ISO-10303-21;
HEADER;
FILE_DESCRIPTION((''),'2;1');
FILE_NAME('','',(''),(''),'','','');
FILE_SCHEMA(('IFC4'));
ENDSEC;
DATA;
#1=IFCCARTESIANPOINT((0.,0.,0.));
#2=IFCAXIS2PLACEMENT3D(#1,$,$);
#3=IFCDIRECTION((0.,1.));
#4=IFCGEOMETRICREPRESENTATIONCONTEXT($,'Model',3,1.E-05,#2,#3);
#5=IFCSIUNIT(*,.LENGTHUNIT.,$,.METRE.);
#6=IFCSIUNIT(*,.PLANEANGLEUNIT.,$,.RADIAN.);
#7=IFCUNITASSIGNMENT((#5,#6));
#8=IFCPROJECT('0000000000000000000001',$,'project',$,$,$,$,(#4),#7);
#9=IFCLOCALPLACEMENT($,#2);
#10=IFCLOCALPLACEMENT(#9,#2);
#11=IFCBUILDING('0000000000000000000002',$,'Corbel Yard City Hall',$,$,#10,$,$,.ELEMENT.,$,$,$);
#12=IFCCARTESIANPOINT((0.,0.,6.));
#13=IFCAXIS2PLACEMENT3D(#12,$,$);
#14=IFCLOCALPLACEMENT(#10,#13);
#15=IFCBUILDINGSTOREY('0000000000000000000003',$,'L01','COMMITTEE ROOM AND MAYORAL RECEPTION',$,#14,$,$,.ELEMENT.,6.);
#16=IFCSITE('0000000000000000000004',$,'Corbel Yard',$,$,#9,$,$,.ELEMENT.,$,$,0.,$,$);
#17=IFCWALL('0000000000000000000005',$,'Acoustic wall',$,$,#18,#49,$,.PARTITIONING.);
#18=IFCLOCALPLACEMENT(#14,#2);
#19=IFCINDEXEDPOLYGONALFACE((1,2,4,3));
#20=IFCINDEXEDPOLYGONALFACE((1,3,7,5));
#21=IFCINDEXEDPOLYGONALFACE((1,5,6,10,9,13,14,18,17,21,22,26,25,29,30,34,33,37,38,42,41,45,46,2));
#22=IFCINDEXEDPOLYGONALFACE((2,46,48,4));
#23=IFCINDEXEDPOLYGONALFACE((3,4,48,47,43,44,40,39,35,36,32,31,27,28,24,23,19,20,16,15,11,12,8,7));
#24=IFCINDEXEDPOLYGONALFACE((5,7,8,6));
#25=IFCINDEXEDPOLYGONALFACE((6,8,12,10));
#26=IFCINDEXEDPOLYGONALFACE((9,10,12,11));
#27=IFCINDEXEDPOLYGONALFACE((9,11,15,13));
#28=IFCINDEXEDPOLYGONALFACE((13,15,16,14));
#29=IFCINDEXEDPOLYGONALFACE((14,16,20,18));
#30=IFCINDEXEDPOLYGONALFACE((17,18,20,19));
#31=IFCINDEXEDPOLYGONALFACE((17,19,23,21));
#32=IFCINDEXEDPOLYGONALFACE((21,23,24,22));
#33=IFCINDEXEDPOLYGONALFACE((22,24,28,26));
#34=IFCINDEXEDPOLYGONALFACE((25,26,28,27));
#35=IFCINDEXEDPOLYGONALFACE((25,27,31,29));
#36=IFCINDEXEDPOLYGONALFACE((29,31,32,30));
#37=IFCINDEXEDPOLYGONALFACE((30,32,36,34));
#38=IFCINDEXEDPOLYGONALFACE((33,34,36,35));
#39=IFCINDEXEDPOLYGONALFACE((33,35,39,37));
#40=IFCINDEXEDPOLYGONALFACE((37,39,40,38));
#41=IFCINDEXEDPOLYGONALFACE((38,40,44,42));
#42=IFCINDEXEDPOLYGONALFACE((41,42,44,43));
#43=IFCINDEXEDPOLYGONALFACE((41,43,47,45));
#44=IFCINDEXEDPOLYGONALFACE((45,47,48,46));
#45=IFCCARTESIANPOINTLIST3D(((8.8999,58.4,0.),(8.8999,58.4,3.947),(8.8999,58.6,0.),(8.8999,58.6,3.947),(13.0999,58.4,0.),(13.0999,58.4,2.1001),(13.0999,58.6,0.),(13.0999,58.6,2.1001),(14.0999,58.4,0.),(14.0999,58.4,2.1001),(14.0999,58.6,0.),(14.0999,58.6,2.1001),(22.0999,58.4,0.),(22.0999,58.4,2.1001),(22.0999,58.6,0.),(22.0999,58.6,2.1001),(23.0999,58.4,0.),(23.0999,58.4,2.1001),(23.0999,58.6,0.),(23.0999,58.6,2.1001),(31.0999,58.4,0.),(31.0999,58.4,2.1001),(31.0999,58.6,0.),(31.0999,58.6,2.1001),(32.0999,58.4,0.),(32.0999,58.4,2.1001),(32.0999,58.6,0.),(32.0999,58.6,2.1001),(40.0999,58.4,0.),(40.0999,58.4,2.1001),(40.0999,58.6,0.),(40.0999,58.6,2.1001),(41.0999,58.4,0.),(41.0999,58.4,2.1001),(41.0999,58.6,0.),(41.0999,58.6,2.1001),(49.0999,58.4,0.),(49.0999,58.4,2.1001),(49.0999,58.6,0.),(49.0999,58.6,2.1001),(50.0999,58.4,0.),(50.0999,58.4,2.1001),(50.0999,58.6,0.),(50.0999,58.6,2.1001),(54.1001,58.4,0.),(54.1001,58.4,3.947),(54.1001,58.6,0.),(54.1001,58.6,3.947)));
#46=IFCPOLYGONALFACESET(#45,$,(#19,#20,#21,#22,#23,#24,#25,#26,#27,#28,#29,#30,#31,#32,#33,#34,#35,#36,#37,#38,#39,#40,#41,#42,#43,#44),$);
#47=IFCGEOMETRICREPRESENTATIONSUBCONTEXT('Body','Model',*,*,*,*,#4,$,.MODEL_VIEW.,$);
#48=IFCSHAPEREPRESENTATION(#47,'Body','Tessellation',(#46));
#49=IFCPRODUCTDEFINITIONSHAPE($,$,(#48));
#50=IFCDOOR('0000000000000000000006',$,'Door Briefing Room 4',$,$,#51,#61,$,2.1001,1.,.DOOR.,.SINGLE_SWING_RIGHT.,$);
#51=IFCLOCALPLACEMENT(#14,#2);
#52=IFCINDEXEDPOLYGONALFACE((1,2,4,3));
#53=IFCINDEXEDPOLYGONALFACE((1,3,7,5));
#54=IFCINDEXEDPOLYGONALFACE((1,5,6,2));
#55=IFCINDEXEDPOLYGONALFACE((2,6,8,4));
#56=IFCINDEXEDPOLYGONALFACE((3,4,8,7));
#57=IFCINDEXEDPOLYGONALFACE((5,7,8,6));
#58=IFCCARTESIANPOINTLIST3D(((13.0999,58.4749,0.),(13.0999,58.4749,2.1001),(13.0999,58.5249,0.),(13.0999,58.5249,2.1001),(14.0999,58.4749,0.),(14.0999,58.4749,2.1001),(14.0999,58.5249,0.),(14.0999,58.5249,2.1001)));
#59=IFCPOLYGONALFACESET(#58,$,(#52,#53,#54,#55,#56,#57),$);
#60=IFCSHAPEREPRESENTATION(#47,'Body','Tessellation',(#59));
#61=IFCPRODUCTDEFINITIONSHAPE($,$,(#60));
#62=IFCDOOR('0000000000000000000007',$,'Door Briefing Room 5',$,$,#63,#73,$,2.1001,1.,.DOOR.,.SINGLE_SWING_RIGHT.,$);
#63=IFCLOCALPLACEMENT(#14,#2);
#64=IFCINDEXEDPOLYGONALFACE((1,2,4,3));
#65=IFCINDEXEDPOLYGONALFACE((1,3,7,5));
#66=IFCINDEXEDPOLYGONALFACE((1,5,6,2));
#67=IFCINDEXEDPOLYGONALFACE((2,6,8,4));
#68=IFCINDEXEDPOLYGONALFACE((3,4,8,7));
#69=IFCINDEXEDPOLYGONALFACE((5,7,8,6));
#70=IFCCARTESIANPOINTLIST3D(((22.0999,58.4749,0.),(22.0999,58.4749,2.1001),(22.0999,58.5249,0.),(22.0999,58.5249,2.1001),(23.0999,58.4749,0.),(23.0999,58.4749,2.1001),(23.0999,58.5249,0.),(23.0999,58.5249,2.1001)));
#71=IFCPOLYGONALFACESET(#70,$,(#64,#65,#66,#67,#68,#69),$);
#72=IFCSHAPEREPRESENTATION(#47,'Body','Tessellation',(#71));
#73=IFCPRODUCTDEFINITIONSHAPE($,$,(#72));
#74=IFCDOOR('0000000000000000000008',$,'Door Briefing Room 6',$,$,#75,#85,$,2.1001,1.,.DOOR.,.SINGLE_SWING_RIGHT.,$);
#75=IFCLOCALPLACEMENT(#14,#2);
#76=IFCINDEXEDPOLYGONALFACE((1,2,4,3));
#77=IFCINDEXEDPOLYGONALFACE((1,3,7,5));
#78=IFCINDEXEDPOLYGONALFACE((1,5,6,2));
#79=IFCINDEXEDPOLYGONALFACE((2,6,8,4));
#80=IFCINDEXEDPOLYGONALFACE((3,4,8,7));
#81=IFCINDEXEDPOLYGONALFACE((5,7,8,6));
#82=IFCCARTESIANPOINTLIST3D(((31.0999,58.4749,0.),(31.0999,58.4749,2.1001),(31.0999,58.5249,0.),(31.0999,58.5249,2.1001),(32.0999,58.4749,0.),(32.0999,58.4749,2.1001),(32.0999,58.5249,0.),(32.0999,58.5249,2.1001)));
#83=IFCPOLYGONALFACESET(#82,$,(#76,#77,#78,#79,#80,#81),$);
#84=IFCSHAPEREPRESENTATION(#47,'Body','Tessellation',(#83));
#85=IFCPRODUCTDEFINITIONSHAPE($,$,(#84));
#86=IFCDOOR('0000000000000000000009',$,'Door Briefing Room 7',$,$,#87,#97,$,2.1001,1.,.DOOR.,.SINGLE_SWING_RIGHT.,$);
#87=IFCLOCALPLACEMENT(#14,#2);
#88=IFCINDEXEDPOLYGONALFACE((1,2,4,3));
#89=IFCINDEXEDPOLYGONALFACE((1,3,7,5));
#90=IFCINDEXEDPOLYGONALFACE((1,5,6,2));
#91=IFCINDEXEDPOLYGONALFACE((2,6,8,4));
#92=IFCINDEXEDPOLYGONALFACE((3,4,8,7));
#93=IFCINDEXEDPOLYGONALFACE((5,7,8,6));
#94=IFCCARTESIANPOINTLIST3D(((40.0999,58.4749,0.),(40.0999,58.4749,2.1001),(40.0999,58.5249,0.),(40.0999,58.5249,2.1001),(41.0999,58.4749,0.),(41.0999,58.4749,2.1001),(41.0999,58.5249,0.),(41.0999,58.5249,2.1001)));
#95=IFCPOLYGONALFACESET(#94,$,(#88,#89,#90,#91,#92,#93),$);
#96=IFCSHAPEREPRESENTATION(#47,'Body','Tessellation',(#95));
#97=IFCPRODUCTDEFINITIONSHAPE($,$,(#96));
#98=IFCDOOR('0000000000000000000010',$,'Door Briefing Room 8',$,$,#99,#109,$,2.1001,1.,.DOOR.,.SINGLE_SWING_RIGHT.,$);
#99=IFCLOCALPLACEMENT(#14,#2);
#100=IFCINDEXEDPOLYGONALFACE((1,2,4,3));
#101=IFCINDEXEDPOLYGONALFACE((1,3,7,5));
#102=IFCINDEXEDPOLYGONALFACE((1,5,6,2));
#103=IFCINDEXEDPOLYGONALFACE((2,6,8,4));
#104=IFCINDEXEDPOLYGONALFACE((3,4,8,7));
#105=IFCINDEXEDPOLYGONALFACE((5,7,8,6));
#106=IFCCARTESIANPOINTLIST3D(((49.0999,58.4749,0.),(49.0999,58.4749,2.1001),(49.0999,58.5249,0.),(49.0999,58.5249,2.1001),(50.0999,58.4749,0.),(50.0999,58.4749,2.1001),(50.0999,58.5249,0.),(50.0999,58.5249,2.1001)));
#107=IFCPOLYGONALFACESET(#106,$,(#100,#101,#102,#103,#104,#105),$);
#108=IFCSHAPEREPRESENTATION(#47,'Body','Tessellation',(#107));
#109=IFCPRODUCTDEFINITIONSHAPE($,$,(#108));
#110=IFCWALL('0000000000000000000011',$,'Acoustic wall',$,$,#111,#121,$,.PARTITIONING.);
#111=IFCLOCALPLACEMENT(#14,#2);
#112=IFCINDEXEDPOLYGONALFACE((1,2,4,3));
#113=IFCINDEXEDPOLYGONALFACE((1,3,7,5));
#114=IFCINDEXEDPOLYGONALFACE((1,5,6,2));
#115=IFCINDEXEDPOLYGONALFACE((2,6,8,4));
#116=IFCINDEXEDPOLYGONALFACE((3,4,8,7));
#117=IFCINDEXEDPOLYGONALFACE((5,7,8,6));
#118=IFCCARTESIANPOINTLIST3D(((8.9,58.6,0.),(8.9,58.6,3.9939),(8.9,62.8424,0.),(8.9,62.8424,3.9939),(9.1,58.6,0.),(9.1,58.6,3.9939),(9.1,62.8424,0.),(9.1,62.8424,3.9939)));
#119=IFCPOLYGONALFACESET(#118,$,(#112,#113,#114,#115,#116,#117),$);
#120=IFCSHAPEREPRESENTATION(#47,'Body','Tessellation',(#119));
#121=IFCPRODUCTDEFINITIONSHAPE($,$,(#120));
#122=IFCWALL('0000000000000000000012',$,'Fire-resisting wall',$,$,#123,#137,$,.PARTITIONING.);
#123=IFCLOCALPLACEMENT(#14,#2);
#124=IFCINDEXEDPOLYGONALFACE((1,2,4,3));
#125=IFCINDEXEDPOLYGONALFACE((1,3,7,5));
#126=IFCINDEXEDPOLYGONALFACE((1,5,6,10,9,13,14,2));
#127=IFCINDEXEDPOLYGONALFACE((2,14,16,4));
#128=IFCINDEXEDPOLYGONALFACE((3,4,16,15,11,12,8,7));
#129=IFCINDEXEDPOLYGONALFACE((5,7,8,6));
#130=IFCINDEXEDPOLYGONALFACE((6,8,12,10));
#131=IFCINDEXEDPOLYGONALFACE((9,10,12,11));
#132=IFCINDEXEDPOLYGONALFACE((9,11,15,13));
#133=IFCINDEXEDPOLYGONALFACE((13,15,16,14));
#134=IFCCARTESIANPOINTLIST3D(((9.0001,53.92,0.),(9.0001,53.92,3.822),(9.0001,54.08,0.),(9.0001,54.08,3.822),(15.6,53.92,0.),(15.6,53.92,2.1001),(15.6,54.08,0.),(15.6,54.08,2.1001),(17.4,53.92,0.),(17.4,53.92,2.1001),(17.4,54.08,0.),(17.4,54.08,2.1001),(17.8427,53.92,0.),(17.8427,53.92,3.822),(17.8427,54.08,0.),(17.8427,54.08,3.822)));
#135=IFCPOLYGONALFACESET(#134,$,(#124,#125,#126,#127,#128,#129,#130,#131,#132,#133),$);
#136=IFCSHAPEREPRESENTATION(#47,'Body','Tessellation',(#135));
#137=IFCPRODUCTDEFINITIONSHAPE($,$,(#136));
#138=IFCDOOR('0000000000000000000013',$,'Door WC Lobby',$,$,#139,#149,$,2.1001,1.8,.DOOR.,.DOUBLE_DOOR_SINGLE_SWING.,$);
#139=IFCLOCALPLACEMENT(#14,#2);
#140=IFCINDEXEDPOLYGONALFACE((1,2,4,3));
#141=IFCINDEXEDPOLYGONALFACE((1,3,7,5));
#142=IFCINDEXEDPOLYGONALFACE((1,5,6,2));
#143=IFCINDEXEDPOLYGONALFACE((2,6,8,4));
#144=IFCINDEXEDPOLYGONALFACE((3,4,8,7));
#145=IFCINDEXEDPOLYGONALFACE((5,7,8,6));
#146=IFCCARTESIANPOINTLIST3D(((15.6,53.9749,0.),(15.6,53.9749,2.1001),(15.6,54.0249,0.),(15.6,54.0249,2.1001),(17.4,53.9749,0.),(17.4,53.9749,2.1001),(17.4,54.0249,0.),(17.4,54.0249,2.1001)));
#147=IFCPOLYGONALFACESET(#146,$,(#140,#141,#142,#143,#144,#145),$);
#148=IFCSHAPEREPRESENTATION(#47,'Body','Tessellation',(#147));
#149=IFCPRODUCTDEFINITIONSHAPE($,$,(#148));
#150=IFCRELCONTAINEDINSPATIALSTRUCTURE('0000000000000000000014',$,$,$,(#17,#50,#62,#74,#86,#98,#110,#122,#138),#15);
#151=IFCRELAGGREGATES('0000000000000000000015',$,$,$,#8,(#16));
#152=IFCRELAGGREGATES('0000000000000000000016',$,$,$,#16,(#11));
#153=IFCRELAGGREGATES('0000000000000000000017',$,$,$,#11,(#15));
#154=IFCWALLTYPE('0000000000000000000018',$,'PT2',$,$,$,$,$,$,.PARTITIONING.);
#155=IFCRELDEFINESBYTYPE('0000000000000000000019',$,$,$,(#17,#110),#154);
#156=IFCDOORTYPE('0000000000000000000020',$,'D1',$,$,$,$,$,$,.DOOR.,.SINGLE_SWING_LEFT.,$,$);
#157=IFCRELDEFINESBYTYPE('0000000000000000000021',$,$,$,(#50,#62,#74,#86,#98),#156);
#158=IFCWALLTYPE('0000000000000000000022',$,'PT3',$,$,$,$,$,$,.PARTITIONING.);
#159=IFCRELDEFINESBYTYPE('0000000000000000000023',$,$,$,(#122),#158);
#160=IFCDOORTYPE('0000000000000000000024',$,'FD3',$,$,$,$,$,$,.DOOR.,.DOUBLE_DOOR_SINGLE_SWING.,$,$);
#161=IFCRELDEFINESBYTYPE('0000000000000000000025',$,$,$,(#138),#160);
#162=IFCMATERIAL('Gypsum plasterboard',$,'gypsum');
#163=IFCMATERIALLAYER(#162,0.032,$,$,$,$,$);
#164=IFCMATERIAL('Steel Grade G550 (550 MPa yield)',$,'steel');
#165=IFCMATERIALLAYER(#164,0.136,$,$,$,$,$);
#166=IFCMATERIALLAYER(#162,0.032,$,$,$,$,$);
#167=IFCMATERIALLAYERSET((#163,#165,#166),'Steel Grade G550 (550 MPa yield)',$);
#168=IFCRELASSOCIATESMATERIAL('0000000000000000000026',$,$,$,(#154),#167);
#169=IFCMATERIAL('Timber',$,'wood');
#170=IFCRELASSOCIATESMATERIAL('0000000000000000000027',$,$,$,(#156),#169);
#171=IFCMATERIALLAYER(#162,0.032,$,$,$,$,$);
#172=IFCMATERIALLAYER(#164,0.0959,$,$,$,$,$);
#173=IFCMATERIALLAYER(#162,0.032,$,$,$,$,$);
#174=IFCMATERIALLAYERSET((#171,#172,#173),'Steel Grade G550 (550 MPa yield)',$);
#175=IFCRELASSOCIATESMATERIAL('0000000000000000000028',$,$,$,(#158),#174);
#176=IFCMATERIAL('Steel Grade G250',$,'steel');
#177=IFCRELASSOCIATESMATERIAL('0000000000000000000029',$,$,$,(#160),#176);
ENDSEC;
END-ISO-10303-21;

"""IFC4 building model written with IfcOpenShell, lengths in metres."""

from ifc_helpers import new_model, si_unit, direction, frame, frame_2d, origin, place, context, subcontext, project, spatial, rectangle, extrude, material, layer, layer_set, type_object, element, fill, save


model = new_model("IFC4")

# Units and contexts
model_context = context("Model", 3, precision=1e-05, world=origin(), true_north=direction((0.0, 1.0)))
body_context = subcontext(model_context, "Body", "Model", "MODEL_VIEW")
ifc_project = project(units=[si_unit("LENGTHUNIT", "METRE"), si_unit("PLANEANGLEUNIT", "RADIAN")], contexts=[model_context])

# Site, building, storey
site_placement = place(None, origin())
site = spatial("IfcSite", under=ifc_project, at=site_placement, Name="Corbel Yard", CompositionType="ELEMENT", RefElevation=0.0)
building_placement = place(site_placement, origin())
building = spatial("IfcBuilding", under=site, at=building_placement, Name="Corbel Yard City Hall", CompositionType="ELEMENT")
storey_placement = place(building_placement, frame((0.0, 0.0, 6.0)))
storey = spatial("IfcBuildingStorey", under=building, at=storey_placement, Name="L01", Description="COMMITTEE ROOM AND MAYORAL RECEPTION", CompositionType="ELEMENT", Elevation=6.0)

# Shared definitions
ifc_material_1 = material(Name="Steel Grade G250", Category="steel")

# Shared definitions
ifc_material_2 = material(Name="Gypsum plasterboard", Category="gypsum")

# Shared definitions
ifc_layer_1 = layer(ifc_material_2, 0.032)
ifc_material_3 = material(Name="Steel Grade G550 (550 MPa yield)", Category="steel")
ifc_layer_2 = layer(ifc_material_3, 0.136)
ifc_layer_3 = layer(ifc_material_2, 0.032)
ifc_layer_set_1 = layer_set([ifc_layer_1, ifc_layer_2, ifc_layer_3], Name="Steel Grade G550 (550 MPa yield)")
wall_type_1 = type_object("IfcWallType", Name="PT2", PredefinedType="PARTITIONING", material=ifc_layer_set_1)
ifc_material_4 = material(Name="Timber", Category="wood")
door_type_1 = type_object("IfcDoorType", Name="D1", OperationType="SINGLE_SWING_LEFT", PredefinedType="DOOR", material=ifc_material_4)

# Wall, openings, doors
wall_1_placement = place(storey_placement, frame((8.8999, 58.5, 0.0), z_axis=(0.0, 0.0, 1.0), x_axis=(1.0, 0.0, 0.0)))
wall_1 = element("IfcWall", 1, at=wall_1_placement, inside=storey, type_object=wall_type_1, Name="Acoustic wall", PredefinedType="PARTITIONING", context=body_context, shape_type="SweptSolid", body=[
    extrude(rectangle(XDim=45.2002, YDim=0.2, at=frame_2d((22.6001, 0.0))), origin(), (0.0, 0.0, 1.0), 3.947),
])
opening_1_placement = place(wall_1_placement, frame((4.2, 0.0, 0.0)))
opening_1 = element("IfcOpeningElement", 2, at=opening_1_placement, cuts=wall_1, PredefinedType="OPENING", context=body_context, shape_type="SweptSolid", body=[
    extrude(rectangle(XDim=1.0, YDim=2.1001, at=frame_2d((0.5, 1.05))), frame((0.0, 0.1099, 0.0), z_axis=(0.0, -1.0, 0.0), x_axis=(1.0, 0.0, 0.0)), (0.0, 0.0, 1.0), 0.22),
])
opening_2_placement = place(wall_1_placement, frame((13.2, 0.0, 0.0)))
opening_2 = element("IfcOpeningElement", 3, at=opening_2_placement, cuts=wall_1, PredefinedType="OPENING", context=body_context, shape_type="SweptSolid", body=[
    extrude(rectangle(XDim=1.0, YDim=2.1001, at=frame_2d((0.5, 1.05))), frame((0.0, 0.1099, 0.0), z_axis=(0.0, -1.0, 0.0), x_axis=(1.0, 0.0, 0.0)), (0.0, 0.0, 1.0), 0.22),
])
opening_3_placement = place(wall_1_placement, frame((22.2, 0.0, 0.0)))
opening_3 = element("IfcOpeningElement", 4, at=opening_3_placement, cuts=wall_1, PredefinedType="OPENING", context=body_context, shape_type="SweptSolid", body=[
    extrude(rectangle(XDim=1.0, YDim=2.1001, at=frame_2d((0.5, 1.05))), frame((0.0, 0.1099, 0.0), z_axis=(0.0, -1.0, 0.0), x_axis=(1.0, 0.0, 0.0)), (0.0, 0.0, 1.0), 0.22),
])
opening_4_placement = place(wall_1_placement, frame((31.2, 0.0, 0.0)))
opening_4 = element("IfcOpeningElement", 5, at=opening_4_placement, cuts=wall_1, PredefinedType="OPENING", context=body_context, shape_type="SweptSolid", body=[
    extrude(rectangle(XDim=1.0, YDim=2.1001, at=frame_2d((0.5, 1.05))), frame((0.0, 0.1099, 0.0), z_axis=(0.0, -1.0, 0.0), x_axis=(1.0, 0.0, 0.0)), (0.0, 0.0, 1.0), 0.22),
])
opening_5_placement = place(wall_1_placement, frame((40.2, 0.0, 0.0)))
opening_5 = element("IfcOpeningElement", 6, at=opening_5_placement, cuts=wall_1, PredefinedType="OPENING", context=body_context, shape_type="SweptSolid", body=[
    extrude(rectangle(XDim=1.0, YDim=2.1001, at=frame_2d((0.5, 1.05))), frame((0.0, 0.1099, 0.0), z_axis=(0.0, -1.0, 0.0), x_axis=(1.0, 0.0, 0.0)), (0.0, 0.0, 1.0), 0.22),
])
door_1_placement = place(opening_1_placement, origin())
door_1 = element("IfcDoor", 7, at=door_1_placement, inside=storey, type_object=door_type_1, Name="Door Briefing Room 4", OperationType="SINGLE_SWING_RIGHT", OverallHeight=2.1001, OverallWidth=1.0, PredefinedType="DOOR", context=body_context, shape_type="SweptSolid", body=[
    extrude(rectangle(XDim=1.0, YDim=2.1001, at=frame_2d((0.5, 1.05))), frame((0.0, 0.0249, 0.0), z_axis=(0.0, -1.0, 0.0), x_axis=(1.0, 0.0, 0.0)), (0.0, 0.0, 1.0), 0.05),
])
fill(opening_1, door_1)
door_2_placement = place(opening_2_placement, origin())
door_2 = element("IfcDoor", 8, at=door_2_placement, inside=storey, type_object=door_type_1, Name="Door Briefing Room 5", OperationType="SINGLE_SWING_RIGHT", OverallHeight=2.1001, OverallWidth=1.0, PredefinedType="DOOR", context=body_context, shape_type="SweptSolid", body=[
    extrude(rectangle(XDim=1.0, YDim=2.1001, at=frame_2d((0.5, 1.05))), frame((0.0, 0.0249, 0.0), z_axis=(0.0, -1.0, 0.0), x_axis=(1.0, 0.0, 0.0)), (0.0, 0.0, 1.0), 0.05),
])
fill(opening_2, door_2)
door_3_placement = place(opening_3_placement, origin())
door_3 = element("IfcDoor", 9, at=door_3_placement, inside=storey, type_object=door_type_1, Name="Door Briefing Room 6", OperationType="SINGLE_SWING_RIGHT", OverallHeight=2.1001, OverallWidth=1.0, PredefinedType="DOOR", context=body_context, shape_type="SweptSolid", body=[
    extrude(rectangle(XDim=1.0, YDim=2.1001, at=frame_2d((0.5, 1.05))), frame((0.0, 0.0249, 0.0), z_axis=(0.0, -1.0, 0.0), x_axis=(1.0, 0.0, 0.0)), (0.0, 0.0, 1.0), 0.05),
])
fill(opening_3, door_3)
door_4_placement = place(opening_4_placement, origin())
door_4 = element("IfcDoor", 10, at=door_4_placement, inside=storey, type_object=door_type_1, Name="Door Briefing Room 7", OperationType="SINGLE_SWING_RIGHT", OverallHeight=2.1001, OverallWidth=1.0, PredefinedType="DOOR", context=body_context, shape_type="SweptSolid", body=[
    extrude(rectangle(XDim=1.0, YDim=2.1001, at=frame_2d((0.5, 1.05))), frame((0.0, 0.0249, 0.0), z_axis=(0.0, -1.0, 0.0), x_axis=(1.0, 0.0, 0.0)), (0.0, 0.0, 1.0), 0.05),
])
fill(opening_4, door_4)
door_5_placement = place(opening_5_placement, origin())
door_5 = element("IfcDoor", 11, at=door_5_placement, inside=storey, type_object=door_type_1, Name="Door Briefing Room 8", OperationType="SINGLE_SWING_RIGHT", OverallHeight=2.1001, OverallWidth=1.0, PredefinedType="DOOR", context=body_context, shape_type="SweptSolid", body=[
    extrude(rectangle(XDim=1.0, YDim=2.1001, at=frame_2d((0.5, 1.05))), frame((0.0, 0.0249, 0.0), z_axis=(0.0, -1.0, 0.0), x_axis=(1.0, 0.0, 0.0)), (0.0, 0.0, 1.0), 0.05),
])
fill(opening_5, door_5)

# Wall
wall_2_placement = place(storey_placement, frame((9.0, 58.6001, 0.0), z_axis=(0.0, 0.0, 1.0), x_axis=(0.0, 1.0, 0.0)))
element("IfcWall", 12, at=wall_2_placement, inside=storey, type_object=wall_type_1, Name="Acoustic wall", PredefinedType="PARTITIONING", context=body_context, shape_type="SweptSolid", body=[
    extrude(rectangle(XDim=4.2424, YDim=0.2, at=frame_2d((2.1211, 0.0))), origin(), (0.0, 0.0, 1.0), 3.9939),
])

# Wall, opening, door
ifc_layer_4 = layer(ifc_material_2, 0.032)
ifc_layer_5 = layer(ifc_material_3, 0.0959)
ifc_layer_6 = layer(ifc_material_2, 0.032)
ifc_layer_set_2 = layer_set([ifc_layer_4, ifc_layer_5, ifc_layer_6], Name="Steel Grade G550 (550 MPa yield)")
wall_type_2 = type_object("IfcWallType", Name="PT3", PredefinedType="PARTITIONING", material=ifc_layer_set_2)
wall_3_placement = place(storey_placement, frame((9.0, 54.0, 0.0), z_axis=(0.0, 0.0, 1.0), x_axis=(1.0, 0.0, 0.0)))
wall_3 = element("IfcWall", 13, at=wall_3_placement, inside=storey, type_object=wall_type_2, Name="Fire-resisting wall", PredefinedType="PARTITIONING", context=body_context, shape_type="SweptSolid", body=[
    extrude(rectangle(XDim=8.8425, YDim=0.1599, at=frame_2d((4.4214, 0.0))), origin(), (0.0, 0.0, 1.0), 3.822),
])
opening_6_placement = place(wall_3_placement, frame((6.6001, 0.0, 0.0)))
opening_6 = element("IfcOpeningElement", 14, at=opening_6_placement, cuts=wall_3, PredefinedType="OPENING", context=body_context, shape_type="SweptSolid", body=[
    extrude(rectangle(XDim=1.8, YDim=2.1001, at=frame_2d((0.8999, 1.05))), frame((0.0, 0.0898, 0.0), z_axis=(0.0, -1.0, 0.0), x_axis=(1.0, 0.0, 0.0)), (0.0, 0.0, 1.0), 0.1799),
])
door_type_2 = type_object("IfcDoorType", Name="FD3", OperationType="DOUBLE_DOOR_SINGLE_SWING", PredefinedType="DOOR", material=ifc_material_1)
door_6_placement = place(opening_6_placement, origin())
door_6 = element("IfcDoor", 15, at=door_6_placement, inside=storey, type_object=door_type_2, Name="Door WC Lobby", OperationType="DOUBLE_DOOR_SINGLE_SWING", OverallHeight=2.1001, OverallWidth=1.8, PredefinedType="DOOR", context=body_context, shape_type="SweptSolid", body=[
    extrude(rectangle(XDim=1.8, YDim=2.1001, at=frame_2d((0.8999, 1.05))), frame((0.0, 0.0249, 0.0), z_axis=(0.0, -1.0, 0.0), x_axis=(1.0, 0.0, 0.0)), (0.0, 0.0, 1.0), 0.05),
])
fill(opening_6, door_6)

save(model, "model.ifc")
